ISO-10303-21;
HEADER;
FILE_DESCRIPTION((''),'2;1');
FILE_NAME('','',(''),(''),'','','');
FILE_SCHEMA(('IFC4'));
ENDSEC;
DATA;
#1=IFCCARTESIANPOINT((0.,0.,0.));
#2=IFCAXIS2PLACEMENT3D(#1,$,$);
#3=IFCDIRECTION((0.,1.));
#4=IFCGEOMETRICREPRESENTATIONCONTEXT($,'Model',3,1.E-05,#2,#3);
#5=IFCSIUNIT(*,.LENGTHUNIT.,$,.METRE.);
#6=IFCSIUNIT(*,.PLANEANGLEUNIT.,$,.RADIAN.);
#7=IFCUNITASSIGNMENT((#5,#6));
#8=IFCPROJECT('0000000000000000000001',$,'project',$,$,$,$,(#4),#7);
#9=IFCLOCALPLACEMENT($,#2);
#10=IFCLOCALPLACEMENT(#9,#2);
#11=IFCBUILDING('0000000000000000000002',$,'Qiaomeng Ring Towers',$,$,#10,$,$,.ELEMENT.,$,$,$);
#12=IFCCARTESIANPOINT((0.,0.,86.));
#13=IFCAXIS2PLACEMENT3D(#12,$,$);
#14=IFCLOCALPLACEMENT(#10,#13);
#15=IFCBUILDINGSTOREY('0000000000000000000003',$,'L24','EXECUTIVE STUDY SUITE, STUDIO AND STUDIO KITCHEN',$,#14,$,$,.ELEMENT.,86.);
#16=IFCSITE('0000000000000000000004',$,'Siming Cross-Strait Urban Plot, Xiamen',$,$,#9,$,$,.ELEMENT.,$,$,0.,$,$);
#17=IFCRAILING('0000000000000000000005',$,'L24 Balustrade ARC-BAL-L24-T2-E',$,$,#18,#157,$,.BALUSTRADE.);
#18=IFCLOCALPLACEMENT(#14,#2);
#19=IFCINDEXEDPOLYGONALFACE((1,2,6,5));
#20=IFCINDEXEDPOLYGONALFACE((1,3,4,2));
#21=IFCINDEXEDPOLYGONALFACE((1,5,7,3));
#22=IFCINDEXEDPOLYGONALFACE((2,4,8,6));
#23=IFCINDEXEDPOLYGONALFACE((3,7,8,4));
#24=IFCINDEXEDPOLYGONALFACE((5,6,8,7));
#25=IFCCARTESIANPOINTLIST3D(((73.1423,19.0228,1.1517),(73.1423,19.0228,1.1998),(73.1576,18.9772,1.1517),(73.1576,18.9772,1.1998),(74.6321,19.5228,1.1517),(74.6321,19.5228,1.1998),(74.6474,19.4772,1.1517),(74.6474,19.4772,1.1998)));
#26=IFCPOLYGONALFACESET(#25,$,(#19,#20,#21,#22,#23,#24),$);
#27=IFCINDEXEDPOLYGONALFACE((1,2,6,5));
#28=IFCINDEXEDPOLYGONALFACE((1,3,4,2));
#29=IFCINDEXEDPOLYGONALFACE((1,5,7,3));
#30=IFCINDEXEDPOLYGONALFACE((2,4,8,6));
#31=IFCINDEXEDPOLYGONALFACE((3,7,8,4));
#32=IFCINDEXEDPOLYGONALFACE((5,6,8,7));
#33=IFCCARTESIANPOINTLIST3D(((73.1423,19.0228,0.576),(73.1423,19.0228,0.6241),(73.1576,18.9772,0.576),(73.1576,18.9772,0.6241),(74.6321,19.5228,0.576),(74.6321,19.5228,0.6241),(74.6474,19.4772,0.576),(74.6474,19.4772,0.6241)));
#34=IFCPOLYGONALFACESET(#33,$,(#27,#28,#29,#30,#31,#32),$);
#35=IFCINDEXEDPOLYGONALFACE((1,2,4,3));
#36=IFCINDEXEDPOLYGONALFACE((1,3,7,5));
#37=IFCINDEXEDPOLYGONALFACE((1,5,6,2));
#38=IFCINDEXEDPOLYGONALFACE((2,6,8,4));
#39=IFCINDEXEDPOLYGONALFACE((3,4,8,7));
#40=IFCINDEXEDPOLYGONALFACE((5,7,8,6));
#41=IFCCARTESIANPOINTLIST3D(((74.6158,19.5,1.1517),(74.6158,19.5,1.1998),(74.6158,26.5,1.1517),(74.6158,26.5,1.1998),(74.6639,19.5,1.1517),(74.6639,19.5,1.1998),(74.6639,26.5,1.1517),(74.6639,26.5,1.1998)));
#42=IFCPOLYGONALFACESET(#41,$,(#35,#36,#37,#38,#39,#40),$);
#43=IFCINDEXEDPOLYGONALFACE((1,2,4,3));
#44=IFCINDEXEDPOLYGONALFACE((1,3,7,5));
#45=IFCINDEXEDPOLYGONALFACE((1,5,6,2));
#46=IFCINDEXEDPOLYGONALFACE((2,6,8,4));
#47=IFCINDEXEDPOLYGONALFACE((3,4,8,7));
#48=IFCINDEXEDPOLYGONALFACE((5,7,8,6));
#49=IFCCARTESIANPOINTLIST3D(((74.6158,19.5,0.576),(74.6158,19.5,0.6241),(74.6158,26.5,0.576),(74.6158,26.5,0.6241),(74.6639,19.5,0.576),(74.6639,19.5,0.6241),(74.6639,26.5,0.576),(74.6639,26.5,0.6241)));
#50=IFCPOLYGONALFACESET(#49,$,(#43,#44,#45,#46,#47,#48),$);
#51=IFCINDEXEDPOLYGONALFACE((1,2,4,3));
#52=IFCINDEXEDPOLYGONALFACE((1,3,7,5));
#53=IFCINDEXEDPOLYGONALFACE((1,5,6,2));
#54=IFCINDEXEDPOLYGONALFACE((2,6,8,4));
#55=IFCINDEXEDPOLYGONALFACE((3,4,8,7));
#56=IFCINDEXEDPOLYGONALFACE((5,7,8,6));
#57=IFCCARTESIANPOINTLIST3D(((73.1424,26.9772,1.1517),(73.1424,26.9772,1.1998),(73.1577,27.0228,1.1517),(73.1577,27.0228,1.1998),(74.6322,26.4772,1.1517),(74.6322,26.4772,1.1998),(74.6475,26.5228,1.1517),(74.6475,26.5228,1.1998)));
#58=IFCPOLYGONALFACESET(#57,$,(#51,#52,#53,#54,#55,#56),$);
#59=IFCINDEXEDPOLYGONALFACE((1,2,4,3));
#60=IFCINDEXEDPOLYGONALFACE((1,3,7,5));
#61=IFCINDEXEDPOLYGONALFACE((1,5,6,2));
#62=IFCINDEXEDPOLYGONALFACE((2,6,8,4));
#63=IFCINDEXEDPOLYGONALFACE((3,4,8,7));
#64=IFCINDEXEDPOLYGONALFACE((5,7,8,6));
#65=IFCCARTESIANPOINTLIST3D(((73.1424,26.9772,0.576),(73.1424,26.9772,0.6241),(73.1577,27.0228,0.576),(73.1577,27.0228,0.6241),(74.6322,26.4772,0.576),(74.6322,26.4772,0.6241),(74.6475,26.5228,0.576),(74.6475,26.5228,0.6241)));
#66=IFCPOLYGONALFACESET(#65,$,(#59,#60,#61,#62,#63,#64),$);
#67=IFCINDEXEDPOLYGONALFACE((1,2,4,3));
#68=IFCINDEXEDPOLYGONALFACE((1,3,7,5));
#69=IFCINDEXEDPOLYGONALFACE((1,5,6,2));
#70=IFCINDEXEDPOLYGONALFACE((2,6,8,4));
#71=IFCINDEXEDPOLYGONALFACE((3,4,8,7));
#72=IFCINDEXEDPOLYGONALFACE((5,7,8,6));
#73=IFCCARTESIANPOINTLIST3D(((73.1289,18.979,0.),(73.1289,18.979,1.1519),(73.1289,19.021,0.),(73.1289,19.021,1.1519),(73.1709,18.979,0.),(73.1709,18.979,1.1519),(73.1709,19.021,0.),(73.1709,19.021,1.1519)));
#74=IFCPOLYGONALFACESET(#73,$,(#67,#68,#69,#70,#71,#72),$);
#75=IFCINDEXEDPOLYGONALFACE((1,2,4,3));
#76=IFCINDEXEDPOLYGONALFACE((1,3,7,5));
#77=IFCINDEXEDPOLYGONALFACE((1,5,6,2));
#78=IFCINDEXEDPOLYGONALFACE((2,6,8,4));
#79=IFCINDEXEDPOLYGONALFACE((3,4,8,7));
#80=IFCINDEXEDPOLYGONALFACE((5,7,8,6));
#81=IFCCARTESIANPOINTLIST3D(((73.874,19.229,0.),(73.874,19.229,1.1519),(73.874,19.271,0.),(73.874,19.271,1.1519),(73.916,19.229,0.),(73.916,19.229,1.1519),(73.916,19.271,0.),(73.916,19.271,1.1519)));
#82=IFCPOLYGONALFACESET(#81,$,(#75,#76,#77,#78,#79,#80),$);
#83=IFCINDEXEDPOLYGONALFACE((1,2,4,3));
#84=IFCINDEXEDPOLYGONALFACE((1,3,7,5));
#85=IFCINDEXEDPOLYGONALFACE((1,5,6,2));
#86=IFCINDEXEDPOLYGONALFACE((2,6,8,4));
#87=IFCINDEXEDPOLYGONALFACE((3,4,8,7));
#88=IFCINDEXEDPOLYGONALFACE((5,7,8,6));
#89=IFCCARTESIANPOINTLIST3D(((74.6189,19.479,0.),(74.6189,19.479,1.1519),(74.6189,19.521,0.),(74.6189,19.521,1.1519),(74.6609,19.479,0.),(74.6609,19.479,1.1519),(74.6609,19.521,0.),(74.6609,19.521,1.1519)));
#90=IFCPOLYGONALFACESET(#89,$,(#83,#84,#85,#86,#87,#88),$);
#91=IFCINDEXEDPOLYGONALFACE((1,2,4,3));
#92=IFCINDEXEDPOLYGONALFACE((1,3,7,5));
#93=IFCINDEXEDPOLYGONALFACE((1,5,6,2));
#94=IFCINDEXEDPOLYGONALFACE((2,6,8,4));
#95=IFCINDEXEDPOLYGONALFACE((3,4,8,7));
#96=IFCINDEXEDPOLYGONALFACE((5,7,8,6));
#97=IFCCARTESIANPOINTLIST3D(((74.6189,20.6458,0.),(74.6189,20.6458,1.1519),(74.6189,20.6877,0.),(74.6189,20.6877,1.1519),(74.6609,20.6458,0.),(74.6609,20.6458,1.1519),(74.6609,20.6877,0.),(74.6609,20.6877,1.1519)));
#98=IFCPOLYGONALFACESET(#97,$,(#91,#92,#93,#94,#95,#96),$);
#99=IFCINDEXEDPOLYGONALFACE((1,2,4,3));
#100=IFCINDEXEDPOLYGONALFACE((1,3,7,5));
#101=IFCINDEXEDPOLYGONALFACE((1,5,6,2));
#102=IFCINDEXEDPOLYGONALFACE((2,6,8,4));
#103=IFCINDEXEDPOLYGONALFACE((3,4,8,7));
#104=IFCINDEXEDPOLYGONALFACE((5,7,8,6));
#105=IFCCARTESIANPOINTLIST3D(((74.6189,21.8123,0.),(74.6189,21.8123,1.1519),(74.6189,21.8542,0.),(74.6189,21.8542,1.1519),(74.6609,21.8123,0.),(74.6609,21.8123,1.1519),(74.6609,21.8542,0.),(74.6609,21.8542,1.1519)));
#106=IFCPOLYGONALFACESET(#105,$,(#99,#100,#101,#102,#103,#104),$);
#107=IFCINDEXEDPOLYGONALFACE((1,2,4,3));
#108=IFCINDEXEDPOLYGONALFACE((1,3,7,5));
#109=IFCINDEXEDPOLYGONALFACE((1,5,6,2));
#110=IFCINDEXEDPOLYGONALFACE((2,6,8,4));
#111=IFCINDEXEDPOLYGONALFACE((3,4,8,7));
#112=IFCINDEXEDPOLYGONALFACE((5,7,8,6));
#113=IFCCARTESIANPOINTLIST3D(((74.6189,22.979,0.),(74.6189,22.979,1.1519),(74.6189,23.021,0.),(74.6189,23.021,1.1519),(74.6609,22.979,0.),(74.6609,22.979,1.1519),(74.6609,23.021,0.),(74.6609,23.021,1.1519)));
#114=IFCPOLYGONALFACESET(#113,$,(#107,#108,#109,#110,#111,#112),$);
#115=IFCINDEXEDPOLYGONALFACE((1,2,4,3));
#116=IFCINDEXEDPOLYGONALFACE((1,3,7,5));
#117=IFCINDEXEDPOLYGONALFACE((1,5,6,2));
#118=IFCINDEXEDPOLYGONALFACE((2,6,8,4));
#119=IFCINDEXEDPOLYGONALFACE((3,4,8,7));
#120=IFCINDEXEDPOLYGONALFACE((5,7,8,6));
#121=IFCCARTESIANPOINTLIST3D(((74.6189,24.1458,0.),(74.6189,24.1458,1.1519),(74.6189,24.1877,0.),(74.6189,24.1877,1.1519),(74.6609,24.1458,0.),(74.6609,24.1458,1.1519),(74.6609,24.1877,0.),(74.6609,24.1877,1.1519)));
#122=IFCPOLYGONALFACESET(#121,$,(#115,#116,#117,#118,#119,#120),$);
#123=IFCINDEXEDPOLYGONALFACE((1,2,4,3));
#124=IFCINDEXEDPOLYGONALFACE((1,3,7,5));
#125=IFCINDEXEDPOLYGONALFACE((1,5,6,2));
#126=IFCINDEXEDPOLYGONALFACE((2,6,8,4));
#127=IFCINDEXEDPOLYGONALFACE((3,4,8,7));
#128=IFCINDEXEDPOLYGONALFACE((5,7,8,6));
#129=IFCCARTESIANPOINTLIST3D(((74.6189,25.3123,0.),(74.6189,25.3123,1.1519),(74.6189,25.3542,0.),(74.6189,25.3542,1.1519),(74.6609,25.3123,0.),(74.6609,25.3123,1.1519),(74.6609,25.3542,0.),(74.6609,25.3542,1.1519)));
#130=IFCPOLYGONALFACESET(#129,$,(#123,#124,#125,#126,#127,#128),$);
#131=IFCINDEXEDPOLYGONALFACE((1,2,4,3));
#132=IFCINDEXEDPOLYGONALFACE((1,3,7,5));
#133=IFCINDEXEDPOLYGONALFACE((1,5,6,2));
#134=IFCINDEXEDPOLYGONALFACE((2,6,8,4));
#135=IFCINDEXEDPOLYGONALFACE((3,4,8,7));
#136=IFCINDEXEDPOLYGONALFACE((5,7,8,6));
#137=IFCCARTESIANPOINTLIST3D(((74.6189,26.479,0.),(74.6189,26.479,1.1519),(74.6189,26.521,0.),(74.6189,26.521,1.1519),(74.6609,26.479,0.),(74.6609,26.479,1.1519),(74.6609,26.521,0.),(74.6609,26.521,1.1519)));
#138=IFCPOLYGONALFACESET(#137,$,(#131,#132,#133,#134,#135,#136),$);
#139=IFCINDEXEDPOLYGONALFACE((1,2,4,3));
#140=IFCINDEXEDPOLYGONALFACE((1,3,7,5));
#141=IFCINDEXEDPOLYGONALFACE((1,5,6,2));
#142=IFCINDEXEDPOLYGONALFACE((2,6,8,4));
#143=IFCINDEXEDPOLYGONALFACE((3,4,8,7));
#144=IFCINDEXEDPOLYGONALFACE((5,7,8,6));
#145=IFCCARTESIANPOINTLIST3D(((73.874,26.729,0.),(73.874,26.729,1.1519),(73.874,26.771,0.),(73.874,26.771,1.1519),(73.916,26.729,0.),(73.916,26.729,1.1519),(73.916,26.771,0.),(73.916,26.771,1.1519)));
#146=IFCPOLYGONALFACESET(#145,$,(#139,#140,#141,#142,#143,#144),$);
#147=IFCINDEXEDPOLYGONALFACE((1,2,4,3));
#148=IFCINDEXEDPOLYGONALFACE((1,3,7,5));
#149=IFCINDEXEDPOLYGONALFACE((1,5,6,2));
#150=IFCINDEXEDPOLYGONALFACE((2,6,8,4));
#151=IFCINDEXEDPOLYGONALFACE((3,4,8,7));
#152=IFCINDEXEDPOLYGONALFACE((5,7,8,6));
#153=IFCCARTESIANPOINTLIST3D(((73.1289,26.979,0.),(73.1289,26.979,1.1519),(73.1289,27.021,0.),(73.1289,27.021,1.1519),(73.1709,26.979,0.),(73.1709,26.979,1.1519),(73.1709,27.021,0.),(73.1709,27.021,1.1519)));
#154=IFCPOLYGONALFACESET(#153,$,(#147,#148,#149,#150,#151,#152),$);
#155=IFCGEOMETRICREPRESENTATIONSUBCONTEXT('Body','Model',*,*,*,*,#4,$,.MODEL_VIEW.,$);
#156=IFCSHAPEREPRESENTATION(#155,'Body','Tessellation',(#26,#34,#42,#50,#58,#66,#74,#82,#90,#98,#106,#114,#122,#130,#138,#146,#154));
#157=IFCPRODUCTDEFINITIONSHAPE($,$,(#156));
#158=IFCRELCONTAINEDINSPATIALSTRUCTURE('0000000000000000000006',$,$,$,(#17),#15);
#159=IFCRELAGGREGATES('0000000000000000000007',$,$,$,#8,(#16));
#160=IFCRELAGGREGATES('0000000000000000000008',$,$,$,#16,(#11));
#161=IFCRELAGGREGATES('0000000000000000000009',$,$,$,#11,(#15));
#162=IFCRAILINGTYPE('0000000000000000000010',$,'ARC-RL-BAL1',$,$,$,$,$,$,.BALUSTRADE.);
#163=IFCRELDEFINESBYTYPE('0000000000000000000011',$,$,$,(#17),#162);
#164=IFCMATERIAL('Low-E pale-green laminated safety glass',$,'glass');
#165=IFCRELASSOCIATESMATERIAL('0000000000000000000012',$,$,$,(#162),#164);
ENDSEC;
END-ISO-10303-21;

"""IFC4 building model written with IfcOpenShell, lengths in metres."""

from ifc_helpers import new_model, si_unit, direction, frame, origin, origin_2d, place, context, subcontext, project, spatial, rectangle, extrude, material, type_object, element, save


model = new_model("IFC4")

# Units and contexts
model_context = context("Model", 3, precision=1e-05, world=origin(), true_north=direction((0.0, 1.0)))
body_context = subcontext(model_context, "Body", "Model", "MODEL_VIEW")
ifc_project = project(units=[si_unit("LENGTHUNIT", "METRE"), si_unit("PLANEANGLEUNIT", "RADIAN")], contexts=[model_context])

# Site, building, storey
site_placement = place(None, origin())
site = spatial("IfcSite", under=ifc_project, at=site_placement, Name="Siming Cross-Strait Urban Plot, Xiamen", CompositionType="ELEMENT", RefElevation=0.0)
building_placement = place(site_placement, origin())
building = spatial("IfcBuilding", under=site, at=building_placement, Name="Qiaomeng Ring Towers", CompositionType="ELEMENT")
storey_placement = place(building_placement, frame((0.0, 0.0, 86.0)))
storey = spatial("IfcBuildingStorey", under=building, at=storey_placement, Name="L24", Description="EXECUTIVE STUDY SUITE, STUDIO AND STUDIO KITCHEN", CompositionType="ELEMENT", Elevation=86.0)

# Railing
ifc_material_1 = material(Name="Low-E pale-green laminated safety glass", Category="glass")
railing_type = type_object("IfcRailingType", Name="ARC-RL-BAL1", PredefinedType="BALUSTRADE", material=ifc_material_1)
railing_placement = place(storey_placement, frame((73.1499, 19.0, 0.0)))
element("IfcRailing", 1, at=railing_placement, inside=storey, type_object=railing_type, Name="L24 Balustrade ARC-BAL-L24-T2-E", PredefinedType="BALUSTRADE", context=body_context, shape_type="SweptSolid", body=[
    extrude(rectangle(XDim=0.0481, YDim=0.0481, at=origin_2d()), frame((0.0, 0.0, 1.1758), z_axis=(0.948044, 0.318138, 0.0), x_axis=(-0.318138, 0.948044, 0.0)), (0.0, 0.0, 1.0), 1.5715),
    extrude(rectangle(XDim=0.0481, YDim=0.0481, at=origin_2d()), frame((0.0, 0.0, 0.6001), z_axis=(0.948044, 0.318138, 0.0), x_axis=(-0.318138, 0.948044, 0.0)), (0.0, 0.0, 1.0), 1.5715),
    extrude(rectangle(XDim=0.0481, YDim=0.0481, at=origin_2d()), frame((1.49, 0.5, 1.1758), z_axis=(0.0, 1.0, 0.0), x_axis=(-1.0, 0.0, 0.0)), (0.0, 0.0, 1.0), 7.0),
    extrude(rectangle(XDim=0.0481, YDim=0.0481, at=origin_2d()), frame((1.49, 0.5, 0.6001), z_axis=(0.0, 1.0, 0.0), x_axis=(-1.0, 0.0, 0.0)), (0.0, 0.0, 1.0), 7.0),
    extrude(rectangle(XDim=0.0481, YDim=0.0481, at=origin_2d()), frame((1.49, 7.5, 1.1758), z_axis=(-0.948044, 0.318138, 0.0), x_axis=(-0.318138, -0.948044, 0.0)), (0.0, 0.0, 1.0), 1.5715),
    extrude(rectangle(XDim=0.0481, YDim=0.0481, at=origin_2d()), frame((1.49, 7.5, 0.6001), z_axis=(-0.948044, 0.318138, 0.0), x_axis=(-0.318138, -0.948044, 0.0)), (0.0, 0.0, 1.0), 1.5715),
    extrude(rectangle(XDim=0.042, YDim=0.042, at=origin_2d()), origin(), (0.0, 0.0, 1.0), 1.1519),
    extrude(rectangle(XDim=0.042, YDim=0.042, at=origin_2d()), frame((0.7451, 0.25, 0.0)), (0.0, 0.0, 1.0), 1.1519),
    extrude(rectangle(XDim=0.042, YDim=0.042, at=origin_2d()), frame((1.49, 0.5, 0.0)), (0.0, 0.0, 1.0), 1.1519),
    extrude(rectangle(XDim=0.042, YDim=0.042, at=origin_2d()), frame((1.49, 1.6667, 0.0)), (0.0, 0.0, 1.0), 1.1519),
    extrude(rectangle(XDim=0.042, YDim=0.042, at=origin_2d()), frame((1.49, 2.8333, 0.0)), (0.0, 0.0, 1.0), 1.1519),
    extrude(rectangle(XDim=0.042, YDim=0.042, at=origin_2d()), frame((1.49, 4.0, 0.0)), (0.0, 0.0, 1.0), 1.1519),
    extrude(rectangle(XDim=0.042, YDim=0.042, at=origin_2d()), frame((1.49, 5.1667, 0.0)), (0.0, 0.0, 1.0), 1.1519),
    extrude(rectangle(XDim=0.042, YDim=0.042, at=origin_2d()), frame((1.49, 6.3333, 0.0)), (0.0, 0.0, 1.0), 1.1519),
    extrude(rectangle(XDim=0.042, YDim=0.042, at=origin_2d()), frame((1.49, 7.5, 0.0)), (0.0, 0.0, 1.0), 1.1519),
    extrude(rectangle(XDim=0.042, YDim=0.042, at=origin_2d()), frame((0.7451, 7.75, 0.0)), (0.0, 0.0, 1.0), 1.1519),
    extrude(rectangle(XDim=0.042, YDim=0.042, at=origin_2d()), frame((0.0, 8.0, 0.0)), (0.0, 0.0, 1.0), 1.1519),
])

save(model, "model.ifc")
